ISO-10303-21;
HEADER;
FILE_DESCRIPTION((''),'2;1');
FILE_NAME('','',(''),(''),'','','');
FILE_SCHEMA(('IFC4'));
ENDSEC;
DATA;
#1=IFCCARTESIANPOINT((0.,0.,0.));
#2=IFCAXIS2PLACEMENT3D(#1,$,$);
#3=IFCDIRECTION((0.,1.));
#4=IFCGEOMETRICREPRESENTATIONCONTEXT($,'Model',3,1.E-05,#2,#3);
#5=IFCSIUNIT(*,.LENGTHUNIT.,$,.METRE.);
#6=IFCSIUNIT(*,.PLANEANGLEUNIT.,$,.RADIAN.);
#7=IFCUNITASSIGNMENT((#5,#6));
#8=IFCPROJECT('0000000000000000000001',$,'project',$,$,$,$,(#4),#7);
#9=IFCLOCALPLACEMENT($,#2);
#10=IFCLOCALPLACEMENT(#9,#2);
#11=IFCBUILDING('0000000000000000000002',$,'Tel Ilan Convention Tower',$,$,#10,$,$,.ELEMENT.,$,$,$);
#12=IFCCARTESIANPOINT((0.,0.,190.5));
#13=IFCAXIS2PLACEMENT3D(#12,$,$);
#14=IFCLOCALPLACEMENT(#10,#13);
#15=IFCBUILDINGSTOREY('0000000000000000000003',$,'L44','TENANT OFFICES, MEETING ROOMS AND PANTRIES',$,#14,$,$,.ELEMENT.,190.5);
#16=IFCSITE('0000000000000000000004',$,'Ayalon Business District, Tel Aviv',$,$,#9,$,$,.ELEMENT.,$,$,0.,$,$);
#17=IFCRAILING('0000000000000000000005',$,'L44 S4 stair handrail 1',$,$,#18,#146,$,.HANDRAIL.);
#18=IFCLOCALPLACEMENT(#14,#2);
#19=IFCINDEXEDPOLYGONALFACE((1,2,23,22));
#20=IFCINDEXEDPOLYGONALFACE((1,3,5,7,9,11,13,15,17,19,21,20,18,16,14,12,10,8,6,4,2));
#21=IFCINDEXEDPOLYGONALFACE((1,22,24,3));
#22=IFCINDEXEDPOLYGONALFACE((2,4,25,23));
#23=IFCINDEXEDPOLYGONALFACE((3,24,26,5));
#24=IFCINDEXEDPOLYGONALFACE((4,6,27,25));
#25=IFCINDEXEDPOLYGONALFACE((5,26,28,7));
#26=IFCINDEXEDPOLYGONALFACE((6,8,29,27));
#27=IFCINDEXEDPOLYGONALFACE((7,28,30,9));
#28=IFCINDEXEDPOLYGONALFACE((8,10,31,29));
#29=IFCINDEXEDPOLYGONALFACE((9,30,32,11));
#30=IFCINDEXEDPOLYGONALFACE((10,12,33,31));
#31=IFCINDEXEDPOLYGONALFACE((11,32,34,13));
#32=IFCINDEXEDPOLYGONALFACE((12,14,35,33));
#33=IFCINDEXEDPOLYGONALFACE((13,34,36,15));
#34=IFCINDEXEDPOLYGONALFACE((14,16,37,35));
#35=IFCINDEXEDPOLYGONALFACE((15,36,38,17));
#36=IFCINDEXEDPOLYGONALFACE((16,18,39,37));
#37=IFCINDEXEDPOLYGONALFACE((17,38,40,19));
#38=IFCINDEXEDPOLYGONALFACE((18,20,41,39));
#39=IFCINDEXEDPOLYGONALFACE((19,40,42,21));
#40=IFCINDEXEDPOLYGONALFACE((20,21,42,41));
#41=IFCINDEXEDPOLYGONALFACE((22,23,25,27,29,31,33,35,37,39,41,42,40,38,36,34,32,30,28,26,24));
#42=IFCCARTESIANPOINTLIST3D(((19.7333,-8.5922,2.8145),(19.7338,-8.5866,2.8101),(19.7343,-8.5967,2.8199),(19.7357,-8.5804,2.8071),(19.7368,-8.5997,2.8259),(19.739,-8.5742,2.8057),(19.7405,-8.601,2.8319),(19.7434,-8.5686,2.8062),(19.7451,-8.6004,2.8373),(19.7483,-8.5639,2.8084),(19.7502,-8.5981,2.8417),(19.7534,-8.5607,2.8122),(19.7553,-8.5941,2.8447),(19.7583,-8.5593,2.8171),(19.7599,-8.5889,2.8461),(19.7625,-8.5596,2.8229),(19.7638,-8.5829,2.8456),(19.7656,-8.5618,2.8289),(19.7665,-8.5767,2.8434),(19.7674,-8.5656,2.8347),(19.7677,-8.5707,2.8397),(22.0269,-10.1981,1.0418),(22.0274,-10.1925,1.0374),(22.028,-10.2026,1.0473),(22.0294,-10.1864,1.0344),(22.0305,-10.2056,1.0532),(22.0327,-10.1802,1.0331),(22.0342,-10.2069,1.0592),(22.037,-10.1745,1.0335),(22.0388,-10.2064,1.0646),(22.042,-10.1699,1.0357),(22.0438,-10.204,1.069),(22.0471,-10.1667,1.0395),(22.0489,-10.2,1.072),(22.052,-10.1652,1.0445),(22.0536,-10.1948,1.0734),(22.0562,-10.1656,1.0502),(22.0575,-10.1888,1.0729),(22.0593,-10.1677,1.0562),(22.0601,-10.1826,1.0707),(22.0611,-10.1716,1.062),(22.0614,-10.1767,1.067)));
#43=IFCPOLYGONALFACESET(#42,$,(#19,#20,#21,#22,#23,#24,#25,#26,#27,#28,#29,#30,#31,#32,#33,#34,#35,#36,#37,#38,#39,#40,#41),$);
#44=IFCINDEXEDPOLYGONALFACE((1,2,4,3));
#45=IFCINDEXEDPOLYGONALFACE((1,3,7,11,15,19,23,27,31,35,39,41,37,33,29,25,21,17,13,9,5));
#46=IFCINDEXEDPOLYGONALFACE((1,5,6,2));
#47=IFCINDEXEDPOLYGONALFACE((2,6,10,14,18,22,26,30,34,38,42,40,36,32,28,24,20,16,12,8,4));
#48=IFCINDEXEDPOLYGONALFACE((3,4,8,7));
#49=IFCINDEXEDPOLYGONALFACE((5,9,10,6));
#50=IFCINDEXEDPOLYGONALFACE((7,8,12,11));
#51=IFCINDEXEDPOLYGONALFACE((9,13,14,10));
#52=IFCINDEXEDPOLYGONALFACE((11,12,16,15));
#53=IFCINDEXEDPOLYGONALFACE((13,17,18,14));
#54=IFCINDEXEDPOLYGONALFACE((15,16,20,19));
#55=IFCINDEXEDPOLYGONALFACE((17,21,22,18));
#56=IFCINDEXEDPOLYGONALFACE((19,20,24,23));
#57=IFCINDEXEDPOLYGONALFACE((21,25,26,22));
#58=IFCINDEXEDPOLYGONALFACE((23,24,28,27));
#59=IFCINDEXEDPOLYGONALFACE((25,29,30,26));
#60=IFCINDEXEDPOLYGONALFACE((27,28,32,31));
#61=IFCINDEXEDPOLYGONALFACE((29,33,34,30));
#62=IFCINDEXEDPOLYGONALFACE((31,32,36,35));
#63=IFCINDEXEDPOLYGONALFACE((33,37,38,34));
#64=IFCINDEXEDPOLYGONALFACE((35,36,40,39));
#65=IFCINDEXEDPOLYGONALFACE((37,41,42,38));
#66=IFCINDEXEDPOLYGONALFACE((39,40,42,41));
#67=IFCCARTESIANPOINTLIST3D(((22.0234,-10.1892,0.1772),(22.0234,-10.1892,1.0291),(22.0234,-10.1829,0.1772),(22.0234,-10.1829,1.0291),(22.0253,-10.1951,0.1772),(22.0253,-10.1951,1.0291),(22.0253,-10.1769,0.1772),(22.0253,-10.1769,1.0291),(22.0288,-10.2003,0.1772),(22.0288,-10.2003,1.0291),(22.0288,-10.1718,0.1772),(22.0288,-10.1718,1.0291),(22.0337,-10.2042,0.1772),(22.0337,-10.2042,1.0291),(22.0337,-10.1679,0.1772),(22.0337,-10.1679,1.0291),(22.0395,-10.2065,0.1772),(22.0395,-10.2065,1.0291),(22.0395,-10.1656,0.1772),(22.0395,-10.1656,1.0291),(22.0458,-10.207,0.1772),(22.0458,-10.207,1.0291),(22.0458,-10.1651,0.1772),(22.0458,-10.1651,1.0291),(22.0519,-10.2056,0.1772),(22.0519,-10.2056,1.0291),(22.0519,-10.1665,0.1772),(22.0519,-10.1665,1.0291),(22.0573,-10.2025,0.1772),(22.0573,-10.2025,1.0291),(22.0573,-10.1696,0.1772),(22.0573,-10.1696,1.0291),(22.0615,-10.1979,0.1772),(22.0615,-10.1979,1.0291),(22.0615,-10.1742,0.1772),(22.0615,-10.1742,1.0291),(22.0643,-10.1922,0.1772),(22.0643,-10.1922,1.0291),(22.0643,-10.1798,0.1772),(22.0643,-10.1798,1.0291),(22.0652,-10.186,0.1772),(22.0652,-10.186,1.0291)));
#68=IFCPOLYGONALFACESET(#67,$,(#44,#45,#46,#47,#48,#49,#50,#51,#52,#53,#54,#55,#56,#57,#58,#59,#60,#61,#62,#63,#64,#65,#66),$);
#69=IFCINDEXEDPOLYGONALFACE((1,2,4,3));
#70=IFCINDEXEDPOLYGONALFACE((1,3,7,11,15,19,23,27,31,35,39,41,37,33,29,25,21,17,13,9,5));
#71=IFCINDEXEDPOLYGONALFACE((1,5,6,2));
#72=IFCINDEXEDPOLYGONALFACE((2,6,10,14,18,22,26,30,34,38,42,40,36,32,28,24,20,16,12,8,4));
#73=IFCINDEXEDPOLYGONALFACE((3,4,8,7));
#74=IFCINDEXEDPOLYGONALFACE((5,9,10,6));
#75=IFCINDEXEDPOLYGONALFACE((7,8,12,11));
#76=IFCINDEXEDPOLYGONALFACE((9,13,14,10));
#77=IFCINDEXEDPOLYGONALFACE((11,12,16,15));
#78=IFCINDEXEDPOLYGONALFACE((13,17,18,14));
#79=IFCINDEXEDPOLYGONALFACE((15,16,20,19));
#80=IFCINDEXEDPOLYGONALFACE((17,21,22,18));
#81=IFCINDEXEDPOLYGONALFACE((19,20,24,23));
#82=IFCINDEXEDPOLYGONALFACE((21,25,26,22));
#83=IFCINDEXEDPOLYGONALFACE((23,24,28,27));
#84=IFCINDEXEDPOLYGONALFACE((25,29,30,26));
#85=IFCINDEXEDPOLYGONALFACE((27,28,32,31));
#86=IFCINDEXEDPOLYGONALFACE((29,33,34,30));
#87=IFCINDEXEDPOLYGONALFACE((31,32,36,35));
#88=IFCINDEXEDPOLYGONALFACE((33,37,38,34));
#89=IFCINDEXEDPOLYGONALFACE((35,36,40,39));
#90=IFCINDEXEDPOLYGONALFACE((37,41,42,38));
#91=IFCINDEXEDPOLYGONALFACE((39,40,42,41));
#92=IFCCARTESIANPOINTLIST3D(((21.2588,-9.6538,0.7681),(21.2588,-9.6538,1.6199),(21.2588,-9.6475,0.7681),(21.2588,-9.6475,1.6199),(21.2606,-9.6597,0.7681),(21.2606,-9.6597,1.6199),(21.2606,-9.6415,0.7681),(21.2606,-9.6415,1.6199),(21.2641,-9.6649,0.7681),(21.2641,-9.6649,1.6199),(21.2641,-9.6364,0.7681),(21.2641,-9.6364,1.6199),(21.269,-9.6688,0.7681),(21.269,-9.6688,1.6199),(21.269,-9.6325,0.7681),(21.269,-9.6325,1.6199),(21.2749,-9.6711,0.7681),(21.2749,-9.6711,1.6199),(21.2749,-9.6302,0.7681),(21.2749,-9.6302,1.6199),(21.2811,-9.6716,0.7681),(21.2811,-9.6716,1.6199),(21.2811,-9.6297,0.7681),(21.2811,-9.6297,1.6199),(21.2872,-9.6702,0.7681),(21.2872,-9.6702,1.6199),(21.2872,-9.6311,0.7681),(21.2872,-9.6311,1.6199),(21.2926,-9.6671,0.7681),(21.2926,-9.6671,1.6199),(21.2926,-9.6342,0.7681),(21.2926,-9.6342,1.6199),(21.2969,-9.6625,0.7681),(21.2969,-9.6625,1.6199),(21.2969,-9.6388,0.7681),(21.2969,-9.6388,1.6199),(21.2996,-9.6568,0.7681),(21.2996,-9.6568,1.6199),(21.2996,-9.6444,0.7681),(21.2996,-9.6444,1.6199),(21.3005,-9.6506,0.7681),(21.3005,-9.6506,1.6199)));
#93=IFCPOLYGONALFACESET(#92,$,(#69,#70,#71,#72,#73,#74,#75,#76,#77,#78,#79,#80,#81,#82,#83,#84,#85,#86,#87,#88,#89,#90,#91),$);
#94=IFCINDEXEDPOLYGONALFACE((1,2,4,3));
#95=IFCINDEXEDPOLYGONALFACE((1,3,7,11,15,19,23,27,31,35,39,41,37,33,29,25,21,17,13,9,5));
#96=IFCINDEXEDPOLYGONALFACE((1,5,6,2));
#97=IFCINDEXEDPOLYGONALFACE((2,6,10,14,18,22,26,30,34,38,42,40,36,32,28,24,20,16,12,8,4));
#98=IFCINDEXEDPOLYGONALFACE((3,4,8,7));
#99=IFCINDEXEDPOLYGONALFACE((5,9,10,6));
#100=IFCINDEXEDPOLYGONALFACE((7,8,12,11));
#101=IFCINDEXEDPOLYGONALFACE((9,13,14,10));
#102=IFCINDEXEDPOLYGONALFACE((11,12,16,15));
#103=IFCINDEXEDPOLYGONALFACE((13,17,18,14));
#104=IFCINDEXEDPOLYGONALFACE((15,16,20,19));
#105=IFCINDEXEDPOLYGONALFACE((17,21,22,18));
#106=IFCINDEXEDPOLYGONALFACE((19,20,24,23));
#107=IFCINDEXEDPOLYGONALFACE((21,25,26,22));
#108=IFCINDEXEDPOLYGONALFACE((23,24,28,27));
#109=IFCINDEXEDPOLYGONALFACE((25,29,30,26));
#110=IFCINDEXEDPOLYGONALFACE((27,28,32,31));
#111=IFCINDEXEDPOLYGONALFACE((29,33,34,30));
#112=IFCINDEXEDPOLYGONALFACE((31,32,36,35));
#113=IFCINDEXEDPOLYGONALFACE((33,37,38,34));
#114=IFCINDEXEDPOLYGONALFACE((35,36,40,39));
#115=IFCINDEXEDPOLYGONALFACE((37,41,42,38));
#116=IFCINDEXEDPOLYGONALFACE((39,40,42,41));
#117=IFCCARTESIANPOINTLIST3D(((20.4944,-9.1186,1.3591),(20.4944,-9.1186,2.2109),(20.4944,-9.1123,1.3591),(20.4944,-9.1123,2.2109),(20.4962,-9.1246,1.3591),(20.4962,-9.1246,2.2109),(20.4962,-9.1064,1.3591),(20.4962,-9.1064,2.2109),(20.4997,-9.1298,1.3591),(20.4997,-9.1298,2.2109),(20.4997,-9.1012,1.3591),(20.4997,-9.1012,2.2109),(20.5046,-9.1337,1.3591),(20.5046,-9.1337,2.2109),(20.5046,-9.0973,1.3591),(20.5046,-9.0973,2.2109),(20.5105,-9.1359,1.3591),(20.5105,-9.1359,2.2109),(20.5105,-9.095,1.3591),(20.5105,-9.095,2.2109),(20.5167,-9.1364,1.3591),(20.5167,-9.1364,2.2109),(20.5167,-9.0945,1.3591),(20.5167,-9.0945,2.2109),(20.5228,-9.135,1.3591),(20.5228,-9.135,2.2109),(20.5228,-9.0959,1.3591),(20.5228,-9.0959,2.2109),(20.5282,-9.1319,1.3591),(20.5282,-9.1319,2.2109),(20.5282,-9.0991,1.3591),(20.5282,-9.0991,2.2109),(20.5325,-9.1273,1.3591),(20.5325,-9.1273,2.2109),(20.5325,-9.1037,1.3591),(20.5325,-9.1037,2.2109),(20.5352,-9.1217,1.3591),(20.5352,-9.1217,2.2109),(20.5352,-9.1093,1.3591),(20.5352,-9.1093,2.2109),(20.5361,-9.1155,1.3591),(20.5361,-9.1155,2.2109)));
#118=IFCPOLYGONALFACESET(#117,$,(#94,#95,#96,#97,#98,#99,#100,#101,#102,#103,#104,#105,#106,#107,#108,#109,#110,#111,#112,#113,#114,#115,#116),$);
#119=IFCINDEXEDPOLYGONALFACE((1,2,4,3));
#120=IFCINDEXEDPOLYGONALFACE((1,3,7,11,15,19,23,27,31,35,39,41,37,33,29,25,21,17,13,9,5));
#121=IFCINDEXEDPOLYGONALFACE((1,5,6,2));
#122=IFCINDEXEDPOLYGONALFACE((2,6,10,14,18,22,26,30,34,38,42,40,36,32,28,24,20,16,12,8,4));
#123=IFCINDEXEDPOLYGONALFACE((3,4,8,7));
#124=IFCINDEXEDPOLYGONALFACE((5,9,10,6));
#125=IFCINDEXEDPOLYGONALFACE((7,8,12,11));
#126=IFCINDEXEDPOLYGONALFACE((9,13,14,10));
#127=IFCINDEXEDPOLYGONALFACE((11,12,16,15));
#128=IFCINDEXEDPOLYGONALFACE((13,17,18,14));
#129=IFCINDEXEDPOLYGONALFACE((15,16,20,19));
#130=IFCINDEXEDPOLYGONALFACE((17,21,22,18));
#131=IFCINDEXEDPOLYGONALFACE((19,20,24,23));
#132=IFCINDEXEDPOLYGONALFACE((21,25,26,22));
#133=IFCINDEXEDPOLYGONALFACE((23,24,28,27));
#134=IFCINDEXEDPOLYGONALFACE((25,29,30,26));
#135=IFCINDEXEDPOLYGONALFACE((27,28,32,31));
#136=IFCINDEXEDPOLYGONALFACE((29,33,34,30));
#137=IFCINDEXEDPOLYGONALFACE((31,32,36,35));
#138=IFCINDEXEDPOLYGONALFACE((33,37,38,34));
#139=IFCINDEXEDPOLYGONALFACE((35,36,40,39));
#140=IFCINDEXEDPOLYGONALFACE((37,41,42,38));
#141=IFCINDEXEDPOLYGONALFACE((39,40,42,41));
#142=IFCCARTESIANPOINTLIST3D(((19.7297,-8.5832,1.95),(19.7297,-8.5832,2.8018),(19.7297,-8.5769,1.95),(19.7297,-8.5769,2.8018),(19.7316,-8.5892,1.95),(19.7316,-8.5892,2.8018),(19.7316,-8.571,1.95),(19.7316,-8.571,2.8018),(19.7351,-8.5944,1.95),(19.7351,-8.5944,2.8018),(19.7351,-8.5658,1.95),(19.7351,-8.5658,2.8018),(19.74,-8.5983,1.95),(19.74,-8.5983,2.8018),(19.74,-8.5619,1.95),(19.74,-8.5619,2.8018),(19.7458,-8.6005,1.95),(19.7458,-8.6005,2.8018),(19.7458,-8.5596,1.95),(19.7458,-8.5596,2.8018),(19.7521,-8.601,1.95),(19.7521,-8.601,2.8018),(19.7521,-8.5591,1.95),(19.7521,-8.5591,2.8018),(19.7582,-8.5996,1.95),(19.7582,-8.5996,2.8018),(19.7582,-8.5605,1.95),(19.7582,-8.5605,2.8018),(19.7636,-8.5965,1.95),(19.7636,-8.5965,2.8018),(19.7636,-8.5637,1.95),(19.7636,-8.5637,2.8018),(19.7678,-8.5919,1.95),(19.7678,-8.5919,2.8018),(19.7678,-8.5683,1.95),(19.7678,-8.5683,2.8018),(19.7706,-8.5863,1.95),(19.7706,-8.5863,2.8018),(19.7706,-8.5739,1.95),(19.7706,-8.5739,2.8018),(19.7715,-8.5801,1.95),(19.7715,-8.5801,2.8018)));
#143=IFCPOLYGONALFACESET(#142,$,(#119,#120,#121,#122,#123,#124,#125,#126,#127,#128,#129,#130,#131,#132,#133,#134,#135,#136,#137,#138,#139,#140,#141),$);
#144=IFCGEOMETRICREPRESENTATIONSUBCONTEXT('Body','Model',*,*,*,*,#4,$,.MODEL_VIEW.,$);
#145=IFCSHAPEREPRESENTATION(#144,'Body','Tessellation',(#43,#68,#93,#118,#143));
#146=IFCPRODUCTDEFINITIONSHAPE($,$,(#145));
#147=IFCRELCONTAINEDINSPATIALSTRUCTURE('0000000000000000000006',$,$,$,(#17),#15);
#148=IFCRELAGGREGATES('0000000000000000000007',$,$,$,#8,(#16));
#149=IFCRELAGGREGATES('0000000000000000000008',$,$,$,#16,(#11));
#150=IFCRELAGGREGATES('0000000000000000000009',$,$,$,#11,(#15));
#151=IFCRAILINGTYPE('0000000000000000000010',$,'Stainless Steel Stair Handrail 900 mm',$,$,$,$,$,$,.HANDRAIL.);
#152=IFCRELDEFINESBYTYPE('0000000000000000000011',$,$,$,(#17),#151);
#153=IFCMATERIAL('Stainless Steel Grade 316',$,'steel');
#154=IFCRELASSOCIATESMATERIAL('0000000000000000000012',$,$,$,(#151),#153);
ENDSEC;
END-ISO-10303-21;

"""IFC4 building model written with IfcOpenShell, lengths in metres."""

from ifc_helpers import new_model, si_unit, direction, frame, origin, origin_2d, place, context, subcontext, project, spatial, circle, extrude, material, type_object, element, save


model = new_model("IFC4")

# Units and contexts
model_context = context("Model", 3, precision=1e-05, world=origin(), true_north=direction((0.0, 1.0)))
body_context = subcontext(model_context, "Body", "Model", "MODEL_VIEW")
ifc_project = project(units=[si_unit("LENGTHUNIT", "METRE"), si_unit("PLANEANGLEUNIT", "RADIAN")], contexts=[model_context])

# Site, building, storey
site_placement = place(None, origin())
site = spatial("IfcSite", under=ifc_project, at=site_placement, Name="Ayalon Business District, Tel Aviv", CompositionType="ELEMENT", RefElevation=0.0)
building_placement = place(site_placement, origin())
building = spatial("IfcBuilding", under=site, at=building_placement, Name="Tel Ilan Convention Tower", CompositionType="ELEMENT")
storey_placement = place(building_placement, frame((0.0, 0.0, 190.5)))
storey = spatial("IfcBuildingStorey", under=building, at=storey_placement, Name="L44", Description="TENANT OFFICES, MEETING ROOMS AND PANTRIES", CompositionType="ELEMENT", Elevation=190.5)

# Railing
ifc_material_1 = material(Name="Stainless Steel Grade 316", Category="steel")
railing_type_1 = type_object("IfcRailingType", Name="Stainless Steel Stair Handrail 900 mm", PredefinedType="HANDRAIL", material=ifc_material_1)
railing_1_placement = place(storey_placement, frame((22.0442, -10.186, 0.1772)))
element("IfcRailing", 1, at=railing_1_placement, inside=storey, type_object=railing_type_1, Name="L44 S4 stair handrail 1", PredefinedType="HANDRAIL", context=body_context, shape_type="SweptSolid", body=[
    extrude(circle(Radius=0.0239, at=origin_2d()), frame((0.0, 0.0, 0.876), z_axis=(-0.692123, 0.484597, 0.534913), x_axis=(-0.57355, -0.81917, 0.0)), (0.0, 0.0, 1.0), 3.314),
    extrude(circle(Radius=0.021, at=origin_2d()), origin(), (0.0, 0.0, 1.0), 0.8518),
    extrude(circle(Radius=0.021, at=origin_2d()), frame((-0.7646, 0.5354, 0.5908)), (0.0, 0.0, 1.0), 0.8518),
    extrude(circle(Radius=0.021, at=origin_2d()), frame((-1.5291, 1.0706, 1.1819)), (0.0, 0.0, 1.0), 0.8518),
    extrude(circle(Radius=0.021, at=origin_2d()), frame((-2.2937, 1.606, 1.7727)), (0.0, 0.0, 1.0), 0.8518),
])

save(model, "model.ifc")
